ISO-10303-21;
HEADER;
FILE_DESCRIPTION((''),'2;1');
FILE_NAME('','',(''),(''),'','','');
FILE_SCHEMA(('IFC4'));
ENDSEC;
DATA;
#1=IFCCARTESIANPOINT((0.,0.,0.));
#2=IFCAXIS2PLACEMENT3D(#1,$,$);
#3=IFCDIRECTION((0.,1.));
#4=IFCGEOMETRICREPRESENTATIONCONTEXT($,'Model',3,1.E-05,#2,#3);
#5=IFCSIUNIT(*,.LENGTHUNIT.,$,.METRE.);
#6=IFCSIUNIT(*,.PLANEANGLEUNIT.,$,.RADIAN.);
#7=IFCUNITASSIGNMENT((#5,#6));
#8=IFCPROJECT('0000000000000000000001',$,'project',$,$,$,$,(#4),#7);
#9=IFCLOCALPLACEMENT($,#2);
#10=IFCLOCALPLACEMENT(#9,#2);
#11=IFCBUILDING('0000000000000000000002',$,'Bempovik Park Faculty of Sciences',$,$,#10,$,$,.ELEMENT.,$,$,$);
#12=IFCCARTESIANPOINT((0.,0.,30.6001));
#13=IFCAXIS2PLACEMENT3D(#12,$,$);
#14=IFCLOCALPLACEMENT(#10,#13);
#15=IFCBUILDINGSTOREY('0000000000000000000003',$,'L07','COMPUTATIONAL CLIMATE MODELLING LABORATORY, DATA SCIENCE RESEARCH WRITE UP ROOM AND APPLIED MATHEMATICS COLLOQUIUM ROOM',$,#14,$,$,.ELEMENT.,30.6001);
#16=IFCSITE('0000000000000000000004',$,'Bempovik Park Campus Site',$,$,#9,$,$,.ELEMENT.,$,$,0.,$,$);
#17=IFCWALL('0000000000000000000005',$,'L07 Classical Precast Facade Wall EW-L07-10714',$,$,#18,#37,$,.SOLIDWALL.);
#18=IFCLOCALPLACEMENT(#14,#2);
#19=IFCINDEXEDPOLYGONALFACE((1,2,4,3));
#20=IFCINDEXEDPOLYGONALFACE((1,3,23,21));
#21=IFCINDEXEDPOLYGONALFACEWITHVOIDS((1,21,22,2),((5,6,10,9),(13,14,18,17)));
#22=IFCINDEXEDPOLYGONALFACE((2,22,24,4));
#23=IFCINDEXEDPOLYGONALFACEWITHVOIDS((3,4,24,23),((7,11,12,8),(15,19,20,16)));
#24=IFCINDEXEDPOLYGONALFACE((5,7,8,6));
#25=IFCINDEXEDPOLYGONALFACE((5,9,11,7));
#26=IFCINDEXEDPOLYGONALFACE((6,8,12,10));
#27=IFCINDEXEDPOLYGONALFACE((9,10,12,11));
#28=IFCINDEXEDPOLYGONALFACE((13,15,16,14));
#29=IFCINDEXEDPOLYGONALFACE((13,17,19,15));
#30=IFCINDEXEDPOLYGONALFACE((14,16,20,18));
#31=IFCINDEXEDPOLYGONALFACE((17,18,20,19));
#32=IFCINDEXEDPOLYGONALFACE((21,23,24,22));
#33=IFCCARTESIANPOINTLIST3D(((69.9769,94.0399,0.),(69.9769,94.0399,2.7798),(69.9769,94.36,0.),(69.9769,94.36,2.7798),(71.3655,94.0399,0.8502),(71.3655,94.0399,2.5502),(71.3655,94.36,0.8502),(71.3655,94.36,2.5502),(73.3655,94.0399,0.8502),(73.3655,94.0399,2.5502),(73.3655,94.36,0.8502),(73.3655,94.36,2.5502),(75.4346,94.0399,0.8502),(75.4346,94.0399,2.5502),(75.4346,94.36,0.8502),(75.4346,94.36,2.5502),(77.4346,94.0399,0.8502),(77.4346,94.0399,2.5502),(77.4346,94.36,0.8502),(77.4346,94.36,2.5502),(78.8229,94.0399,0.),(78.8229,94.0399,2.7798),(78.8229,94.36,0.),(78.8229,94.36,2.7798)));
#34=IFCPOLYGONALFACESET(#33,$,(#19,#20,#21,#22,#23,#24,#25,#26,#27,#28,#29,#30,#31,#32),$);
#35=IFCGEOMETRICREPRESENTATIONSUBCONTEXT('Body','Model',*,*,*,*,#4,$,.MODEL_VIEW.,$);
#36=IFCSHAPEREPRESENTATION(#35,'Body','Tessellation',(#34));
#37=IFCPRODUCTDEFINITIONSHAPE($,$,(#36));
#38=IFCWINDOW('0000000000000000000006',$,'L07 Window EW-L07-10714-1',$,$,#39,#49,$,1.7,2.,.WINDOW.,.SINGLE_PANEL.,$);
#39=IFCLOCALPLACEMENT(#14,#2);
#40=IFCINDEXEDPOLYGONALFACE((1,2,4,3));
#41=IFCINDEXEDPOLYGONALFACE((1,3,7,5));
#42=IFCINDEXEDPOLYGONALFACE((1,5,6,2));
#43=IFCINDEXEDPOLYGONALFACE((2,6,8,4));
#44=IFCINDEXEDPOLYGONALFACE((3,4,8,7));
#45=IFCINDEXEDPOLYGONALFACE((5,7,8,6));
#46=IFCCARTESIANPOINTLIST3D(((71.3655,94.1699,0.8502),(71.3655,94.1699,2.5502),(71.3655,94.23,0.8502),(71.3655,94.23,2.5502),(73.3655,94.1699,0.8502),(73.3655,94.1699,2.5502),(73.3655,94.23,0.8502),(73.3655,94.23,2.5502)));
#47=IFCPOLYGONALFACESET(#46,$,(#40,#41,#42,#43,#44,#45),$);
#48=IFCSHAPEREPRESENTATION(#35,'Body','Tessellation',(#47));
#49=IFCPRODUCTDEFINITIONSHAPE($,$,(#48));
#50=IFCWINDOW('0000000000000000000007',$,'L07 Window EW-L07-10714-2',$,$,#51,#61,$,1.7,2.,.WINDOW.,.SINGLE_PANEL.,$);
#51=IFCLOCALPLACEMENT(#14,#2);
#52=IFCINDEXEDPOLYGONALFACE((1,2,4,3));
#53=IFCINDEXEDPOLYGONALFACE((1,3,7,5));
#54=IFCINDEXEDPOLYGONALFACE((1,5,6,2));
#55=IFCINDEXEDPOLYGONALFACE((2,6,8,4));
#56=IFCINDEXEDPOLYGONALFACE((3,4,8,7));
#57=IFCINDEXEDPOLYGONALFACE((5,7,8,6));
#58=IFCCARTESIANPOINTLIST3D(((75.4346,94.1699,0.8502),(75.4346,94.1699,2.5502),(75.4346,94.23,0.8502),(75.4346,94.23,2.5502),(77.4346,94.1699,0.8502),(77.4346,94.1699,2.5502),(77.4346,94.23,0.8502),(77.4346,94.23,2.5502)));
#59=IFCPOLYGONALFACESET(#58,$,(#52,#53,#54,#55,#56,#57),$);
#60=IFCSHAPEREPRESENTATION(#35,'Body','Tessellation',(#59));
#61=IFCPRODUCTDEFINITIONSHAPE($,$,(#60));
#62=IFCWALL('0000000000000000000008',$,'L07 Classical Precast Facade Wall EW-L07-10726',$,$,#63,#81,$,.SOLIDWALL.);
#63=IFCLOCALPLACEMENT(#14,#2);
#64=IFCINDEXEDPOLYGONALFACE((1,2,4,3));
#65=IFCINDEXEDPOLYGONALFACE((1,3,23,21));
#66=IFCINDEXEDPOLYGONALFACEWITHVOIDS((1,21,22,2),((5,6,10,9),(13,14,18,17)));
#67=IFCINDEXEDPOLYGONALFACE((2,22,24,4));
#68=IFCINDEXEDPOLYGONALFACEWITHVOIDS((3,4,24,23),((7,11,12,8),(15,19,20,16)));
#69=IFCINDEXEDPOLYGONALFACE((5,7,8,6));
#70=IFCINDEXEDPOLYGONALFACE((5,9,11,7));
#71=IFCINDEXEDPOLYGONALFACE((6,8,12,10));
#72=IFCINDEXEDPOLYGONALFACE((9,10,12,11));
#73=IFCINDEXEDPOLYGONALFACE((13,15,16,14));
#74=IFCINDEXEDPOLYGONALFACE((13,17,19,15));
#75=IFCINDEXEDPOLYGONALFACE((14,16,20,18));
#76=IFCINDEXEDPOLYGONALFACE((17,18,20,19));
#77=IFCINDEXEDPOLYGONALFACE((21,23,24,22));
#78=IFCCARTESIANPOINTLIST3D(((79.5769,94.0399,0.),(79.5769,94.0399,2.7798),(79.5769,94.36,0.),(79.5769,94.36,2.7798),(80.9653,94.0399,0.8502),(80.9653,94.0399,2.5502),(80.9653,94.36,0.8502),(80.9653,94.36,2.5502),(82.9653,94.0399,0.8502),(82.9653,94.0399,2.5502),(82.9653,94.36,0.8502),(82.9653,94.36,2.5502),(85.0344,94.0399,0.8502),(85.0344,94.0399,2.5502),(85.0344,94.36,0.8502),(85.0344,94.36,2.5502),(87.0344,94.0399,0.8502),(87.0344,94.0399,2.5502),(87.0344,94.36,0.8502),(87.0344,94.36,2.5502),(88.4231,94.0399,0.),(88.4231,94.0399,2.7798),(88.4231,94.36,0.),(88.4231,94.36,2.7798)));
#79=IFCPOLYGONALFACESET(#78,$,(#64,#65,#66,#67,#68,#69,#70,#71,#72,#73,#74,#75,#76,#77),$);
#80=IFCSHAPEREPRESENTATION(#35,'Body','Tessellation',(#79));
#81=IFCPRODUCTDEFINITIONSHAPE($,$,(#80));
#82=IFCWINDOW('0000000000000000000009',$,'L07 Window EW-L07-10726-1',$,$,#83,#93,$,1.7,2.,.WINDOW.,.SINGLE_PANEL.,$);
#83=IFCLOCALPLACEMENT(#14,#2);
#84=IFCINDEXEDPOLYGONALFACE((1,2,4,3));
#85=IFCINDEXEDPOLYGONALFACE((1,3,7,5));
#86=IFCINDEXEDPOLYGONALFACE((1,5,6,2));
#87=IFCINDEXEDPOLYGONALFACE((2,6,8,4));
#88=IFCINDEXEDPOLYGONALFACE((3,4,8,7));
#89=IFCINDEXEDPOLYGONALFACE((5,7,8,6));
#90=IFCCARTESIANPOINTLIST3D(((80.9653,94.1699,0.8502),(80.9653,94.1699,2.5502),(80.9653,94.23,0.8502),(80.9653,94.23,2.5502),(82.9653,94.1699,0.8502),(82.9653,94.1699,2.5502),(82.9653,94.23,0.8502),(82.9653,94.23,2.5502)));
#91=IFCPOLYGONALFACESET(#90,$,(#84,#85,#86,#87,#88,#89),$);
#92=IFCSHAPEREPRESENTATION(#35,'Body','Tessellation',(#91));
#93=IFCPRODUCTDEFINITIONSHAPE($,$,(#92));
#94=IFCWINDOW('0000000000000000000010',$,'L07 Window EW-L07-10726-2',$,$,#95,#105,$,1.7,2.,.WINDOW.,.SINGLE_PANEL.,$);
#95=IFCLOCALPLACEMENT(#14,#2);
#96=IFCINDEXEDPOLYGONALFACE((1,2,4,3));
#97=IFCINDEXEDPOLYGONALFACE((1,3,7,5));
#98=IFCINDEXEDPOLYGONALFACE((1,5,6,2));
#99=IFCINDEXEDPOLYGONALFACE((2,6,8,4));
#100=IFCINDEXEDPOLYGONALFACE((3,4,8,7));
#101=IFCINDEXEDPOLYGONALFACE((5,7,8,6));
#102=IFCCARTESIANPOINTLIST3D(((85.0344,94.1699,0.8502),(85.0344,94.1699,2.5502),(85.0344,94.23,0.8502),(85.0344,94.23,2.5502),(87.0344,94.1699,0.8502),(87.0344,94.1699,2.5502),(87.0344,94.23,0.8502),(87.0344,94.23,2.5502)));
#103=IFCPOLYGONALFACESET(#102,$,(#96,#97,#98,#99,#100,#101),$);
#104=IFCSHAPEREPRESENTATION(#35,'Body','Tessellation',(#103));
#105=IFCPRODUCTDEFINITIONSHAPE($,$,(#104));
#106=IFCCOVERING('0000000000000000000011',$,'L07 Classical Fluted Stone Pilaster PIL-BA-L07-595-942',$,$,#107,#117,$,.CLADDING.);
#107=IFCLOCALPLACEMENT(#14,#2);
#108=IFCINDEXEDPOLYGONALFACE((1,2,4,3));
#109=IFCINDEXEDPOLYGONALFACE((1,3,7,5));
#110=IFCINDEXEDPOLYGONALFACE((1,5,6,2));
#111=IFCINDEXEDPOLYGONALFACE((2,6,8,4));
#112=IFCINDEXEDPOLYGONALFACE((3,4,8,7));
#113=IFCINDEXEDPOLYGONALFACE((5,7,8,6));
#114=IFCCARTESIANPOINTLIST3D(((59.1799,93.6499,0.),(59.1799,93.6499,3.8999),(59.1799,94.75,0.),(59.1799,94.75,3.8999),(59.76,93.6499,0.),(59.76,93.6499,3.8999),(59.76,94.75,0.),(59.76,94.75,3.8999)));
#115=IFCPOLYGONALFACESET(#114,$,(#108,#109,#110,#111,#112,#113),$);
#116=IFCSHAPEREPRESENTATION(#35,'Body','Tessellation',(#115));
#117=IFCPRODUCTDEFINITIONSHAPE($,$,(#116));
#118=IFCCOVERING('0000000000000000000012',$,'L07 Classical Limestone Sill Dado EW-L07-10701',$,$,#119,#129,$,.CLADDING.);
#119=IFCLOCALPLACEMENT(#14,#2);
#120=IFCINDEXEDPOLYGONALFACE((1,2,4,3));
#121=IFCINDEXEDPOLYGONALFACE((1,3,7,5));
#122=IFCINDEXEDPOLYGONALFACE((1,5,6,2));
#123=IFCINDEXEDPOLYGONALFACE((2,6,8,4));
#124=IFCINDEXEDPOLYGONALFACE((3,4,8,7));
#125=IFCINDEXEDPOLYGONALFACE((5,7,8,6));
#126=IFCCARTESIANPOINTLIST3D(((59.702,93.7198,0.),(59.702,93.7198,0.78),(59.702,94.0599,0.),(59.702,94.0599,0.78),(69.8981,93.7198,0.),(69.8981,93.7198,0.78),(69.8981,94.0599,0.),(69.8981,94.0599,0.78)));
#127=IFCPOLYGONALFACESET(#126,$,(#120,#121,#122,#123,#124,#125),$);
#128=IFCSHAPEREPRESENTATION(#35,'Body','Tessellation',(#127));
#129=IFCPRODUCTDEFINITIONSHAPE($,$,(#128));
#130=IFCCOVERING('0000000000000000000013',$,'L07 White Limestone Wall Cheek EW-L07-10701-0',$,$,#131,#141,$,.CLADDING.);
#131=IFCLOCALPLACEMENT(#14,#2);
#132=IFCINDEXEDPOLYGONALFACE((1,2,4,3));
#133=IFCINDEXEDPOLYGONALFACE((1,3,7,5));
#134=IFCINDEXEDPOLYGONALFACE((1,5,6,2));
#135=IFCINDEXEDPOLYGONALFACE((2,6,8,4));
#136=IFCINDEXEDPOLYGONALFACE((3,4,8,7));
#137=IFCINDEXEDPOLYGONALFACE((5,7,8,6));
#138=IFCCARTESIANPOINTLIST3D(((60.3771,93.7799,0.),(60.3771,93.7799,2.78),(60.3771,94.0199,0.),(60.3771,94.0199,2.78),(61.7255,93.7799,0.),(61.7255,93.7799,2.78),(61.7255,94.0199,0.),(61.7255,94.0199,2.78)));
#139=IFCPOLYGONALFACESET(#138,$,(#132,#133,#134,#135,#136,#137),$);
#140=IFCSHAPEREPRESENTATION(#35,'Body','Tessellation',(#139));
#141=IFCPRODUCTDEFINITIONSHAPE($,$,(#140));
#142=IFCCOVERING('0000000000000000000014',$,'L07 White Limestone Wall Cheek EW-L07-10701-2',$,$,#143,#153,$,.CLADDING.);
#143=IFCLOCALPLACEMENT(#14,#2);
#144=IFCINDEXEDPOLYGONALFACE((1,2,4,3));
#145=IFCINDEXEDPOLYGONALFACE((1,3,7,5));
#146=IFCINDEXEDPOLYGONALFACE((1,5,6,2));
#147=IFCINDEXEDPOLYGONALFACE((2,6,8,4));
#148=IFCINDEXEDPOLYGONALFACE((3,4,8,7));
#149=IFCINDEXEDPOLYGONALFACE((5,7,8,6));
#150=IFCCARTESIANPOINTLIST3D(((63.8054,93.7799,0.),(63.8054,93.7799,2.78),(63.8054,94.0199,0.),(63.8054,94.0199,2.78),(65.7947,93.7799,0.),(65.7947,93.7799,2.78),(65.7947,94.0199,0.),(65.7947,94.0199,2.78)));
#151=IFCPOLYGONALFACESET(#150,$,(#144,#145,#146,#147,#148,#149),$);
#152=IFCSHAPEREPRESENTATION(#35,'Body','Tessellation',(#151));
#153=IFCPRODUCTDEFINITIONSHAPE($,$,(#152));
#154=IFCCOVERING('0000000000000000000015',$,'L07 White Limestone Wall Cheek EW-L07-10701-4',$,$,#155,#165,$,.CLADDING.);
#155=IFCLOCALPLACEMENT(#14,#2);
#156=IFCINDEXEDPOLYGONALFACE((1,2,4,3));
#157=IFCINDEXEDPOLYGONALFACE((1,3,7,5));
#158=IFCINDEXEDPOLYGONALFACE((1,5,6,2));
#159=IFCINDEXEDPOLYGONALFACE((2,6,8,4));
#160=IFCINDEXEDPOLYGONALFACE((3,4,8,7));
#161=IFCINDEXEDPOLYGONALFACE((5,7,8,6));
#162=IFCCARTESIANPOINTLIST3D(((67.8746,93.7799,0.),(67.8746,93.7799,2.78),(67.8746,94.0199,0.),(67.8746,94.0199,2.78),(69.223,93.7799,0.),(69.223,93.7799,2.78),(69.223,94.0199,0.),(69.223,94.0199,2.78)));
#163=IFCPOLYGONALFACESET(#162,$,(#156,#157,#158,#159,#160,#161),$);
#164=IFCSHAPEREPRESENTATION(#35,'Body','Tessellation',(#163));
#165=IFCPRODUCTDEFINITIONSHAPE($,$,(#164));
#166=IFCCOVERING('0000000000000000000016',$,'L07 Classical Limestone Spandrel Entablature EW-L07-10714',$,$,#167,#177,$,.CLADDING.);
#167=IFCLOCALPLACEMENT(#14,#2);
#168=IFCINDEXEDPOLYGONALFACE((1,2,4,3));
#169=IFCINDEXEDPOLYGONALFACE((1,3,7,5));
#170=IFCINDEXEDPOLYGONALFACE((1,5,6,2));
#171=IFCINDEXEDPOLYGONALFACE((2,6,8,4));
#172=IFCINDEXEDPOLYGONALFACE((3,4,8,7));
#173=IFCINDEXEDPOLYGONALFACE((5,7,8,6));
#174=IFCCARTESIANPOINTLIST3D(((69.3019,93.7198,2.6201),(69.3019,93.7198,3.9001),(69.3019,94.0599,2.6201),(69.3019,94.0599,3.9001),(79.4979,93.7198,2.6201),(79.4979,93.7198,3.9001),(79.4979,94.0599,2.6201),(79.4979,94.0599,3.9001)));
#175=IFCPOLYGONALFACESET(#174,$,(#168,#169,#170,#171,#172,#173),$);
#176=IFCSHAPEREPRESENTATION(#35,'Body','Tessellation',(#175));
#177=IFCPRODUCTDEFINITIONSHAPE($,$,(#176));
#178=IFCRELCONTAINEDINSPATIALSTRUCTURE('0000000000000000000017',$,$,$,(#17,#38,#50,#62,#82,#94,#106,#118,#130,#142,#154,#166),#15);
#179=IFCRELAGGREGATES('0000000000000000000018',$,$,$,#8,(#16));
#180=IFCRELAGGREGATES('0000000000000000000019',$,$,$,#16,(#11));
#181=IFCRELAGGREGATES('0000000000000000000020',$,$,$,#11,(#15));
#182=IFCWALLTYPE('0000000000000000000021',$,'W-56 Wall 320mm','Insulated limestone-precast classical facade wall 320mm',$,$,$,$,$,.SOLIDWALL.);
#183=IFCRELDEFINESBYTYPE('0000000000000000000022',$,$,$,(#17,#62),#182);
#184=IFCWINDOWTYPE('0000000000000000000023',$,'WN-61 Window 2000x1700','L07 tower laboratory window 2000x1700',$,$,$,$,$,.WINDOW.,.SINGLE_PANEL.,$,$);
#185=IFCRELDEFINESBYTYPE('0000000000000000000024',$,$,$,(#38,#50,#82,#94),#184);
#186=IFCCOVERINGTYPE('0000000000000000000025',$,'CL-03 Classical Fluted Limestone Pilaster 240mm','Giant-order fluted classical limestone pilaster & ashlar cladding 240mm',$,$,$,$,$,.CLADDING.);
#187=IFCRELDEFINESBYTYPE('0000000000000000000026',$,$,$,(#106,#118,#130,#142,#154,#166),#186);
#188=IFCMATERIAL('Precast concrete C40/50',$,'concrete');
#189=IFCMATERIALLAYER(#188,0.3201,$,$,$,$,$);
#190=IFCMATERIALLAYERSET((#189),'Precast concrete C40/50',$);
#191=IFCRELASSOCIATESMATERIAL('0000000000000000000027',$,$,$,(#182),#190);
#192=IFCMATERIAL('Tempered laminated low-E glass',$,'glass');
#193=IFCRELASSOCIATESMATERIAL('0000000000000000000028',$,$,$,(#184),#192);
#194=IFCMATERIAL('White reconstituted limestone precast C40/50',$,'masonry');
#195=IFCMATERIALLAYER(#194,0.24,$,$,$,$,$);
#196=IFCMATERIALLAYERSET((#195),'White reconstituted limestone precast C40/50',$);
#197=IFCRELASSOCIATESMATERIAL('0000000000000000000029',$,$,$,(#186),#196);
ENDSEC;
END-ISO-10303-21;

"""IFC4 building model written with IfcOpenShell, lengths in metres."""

from ifc_helpers import new_model, si_unit, direction, frame, frame_2d, origin, origin_2d, place, context, subcontext, project, spatial, rectangle, extrude, material, layer, layer_set, type_object, element, fill, save


model = new_model("IFC4")

# Units and contexts
model_context = context("Model", 3, precision=1e-05, world=origin(), true_north=direction((0.0, 1.0)))
body_context = subcontext(model_context, "Body", "Model", "MODEL_VIEW")
ifc_project = project(units=[si_unit("LENGTHUNIT", "METRE"), si_unit("PLANEANGLEUNIT", "RADIAN")], contexts=[model_context])

# Site, building, storey
site_placement = place(None, origin())
site = spatial("IfcSite", under=ifc_project, at=site_placement, Name="Bempovik Park Campus Site", CompositionType="ELEMENT", RefElevation=0.0)
building_placement = place(site_placement, origin())
building = spatial("IfcBuilding", under=site, at=building_placement, Name="Bempovik Park Faculty of Sciences", CompositionType="ELEMENT")
storey_placement = place(building_placement, frame((0.0, 0.0, 30.6001)))
storey = spatial("IfcBuildingStorey", under=building, at=storey_placement, Name="L07", Description="COMPUTATIONAL CLIMATE MODELLING LABORATORY, DATA SCIENCE RESEARCH WRITE UP ROOM AND APPLIED MATHEMATICS COLLOQUIUM ROOM", CompositionType="ELEMENT", Elevation=30.6001)

# Walls, openings, windows
ifc_material_1 = material(Name="Precast concrete C40/50", Category="concrete")
ifc_layer_1 = layer(ifc_material_1, 0.3201)
ifc_layer_set_1 = layer_set([ifc_layer_1], Name="Precast concrete C40/50")
wall_type = type_object("IfcWallType", Name="W-56 Wall 320mm", Description="Insulated limestone-precast classical facade wall 320mm", PredefinedType="SOLIDWALL", material=ifc_layer_set_1)
ifc_material_2 = material(Name="Tempered laminated low-E glass", Category="glass")
window_type_1 = type_object("IfcWindowType", Name="WN-61 Window 2000x1700", Description="L07 tower laboratory window 2000x1700", PartitioningType="SINGLE_PANEL", PredefinedType="WINDOW", material=ifc_material_2)
wall_1_placement = place(storey_placement, frame((69.9771, 94.2, 0.0), z_axis=(0.0, 0.0, 1.0), x_axis=(1.0, 0.0, 0.0)))
wall_1 = element("IfcWall", 1, at=wall_1_placement, inside=storey, type_object=wall_type, Name="L07 Classical Precast Facade Wall EW-L07-10714", PredefinedType="SOLIDWALL", context=body_context, shape_type="SweptSolid", body=[
    extrude(rectangle(XDim=8.8459, YDim=0.3201, at=frame_2d((4.4229, 0.0))), origin(), (0.0, 0.0, 1.0), 2.7798),
])
opening_1_placement = place(wall_1_placement, frame((1.3884, 0.0, 0.8501)))
opening_1 = element("IfcOpeningElement", 2, at=opening_1_placement, cuts=wall_1, PredefinedType="OPENING", context=body_context, shape_type="SweptSolid", body=[
    extrude(rectangle(XDim=2.0, YDim=1.7, at=frame_2d((1.0, 0.8501))), frame((0.0, 0.1699, 0.0), z_axis=(0.0, -1.0, 0.0), x_axis=(1.0, 0.0, 0.0)), (0.0, 0.0, 1.0), 0.3401),
])
opening_2_placement = place(wall_1_placement, frame((5.4575, 0.0, 0.8501)))
opening_2 = element("IfcOpeningElement", 3, at=opening_2_placement, cuts=wall_1, PredefinedType="OPENING", context=body_context, shape_type="SweptSolid", body=[
    extrude(rectangle(XDim=2.0, YDim=1.7, at=frame_2d((1.0, 0.8501))), frame((0.0, 0.1699, 0.0), z_axis=(0.0, -1.0, 0.0), x_axis=(1.0, 0.0, 0.0)), (0.0, 0.0, 1.0), 0.3401),
])
window_1_placement = place(opening_1_placement, origin())
window_1 = element("IfcWindow", 4, at=window_1_placement, inside=storey, type_object=window_type_1, Name="L07 Window EW-L07-10714-1", OverallHeight=1.7, OverallWidth=2.0, PartitioningType="SINGLE_PANEL", PredefinedType="WINDOW", context=body_context, shape_type="SweptSolid", body=[
    extrude(rectangle(XDim=2.0, YDim=1.7, at=frame_2d((1.0, 0.8501))), frame((0.0, 0.03, 0.0), z_axis=(0.0, -1.0, 0.0), x_axis=(1.0, 0.0, 0.0)), (0.0, 0.0, 1.0), 0.0601),
])
fill(opening_1, window_1)
window_2_placement = place(opening_2_placement, origin())
window_2 = element("IfcWindow", 5, at=window_2_placement, inside=storey, type_object=window_type_1, Name="L07 Window EW-L07-10714-2", OverallHeight=1.7, OverallWidth=2.0, PartitioningType="SINGLE_PANEL", PredefinedType="WINDOW", context=body_context, shape_type="SweptSolid", body=[
    extrude(rectangle(XDim=2.0, YDim=1.7, at=frame_2d((1.0, 0.8501))), frame((0.0, 0.03, 0.0), z_axis=(0.0, -1.0, 0.0), x_axis=(1.0, 0.0, 0.0)), (0.0, 0.0, 1.0), 0.0601),
])
fill(opening_2, window_2)
wall_2_placement = place(storey_placement, frame((79.5769, 94.2, 0.0), z_axis=(0.0, 0.0, 1.0), x_axis=(1.0, 0.0, 0.0)))
wall_2 = element("IfcWall", 6, at=wall_2_placement, inside=storey, type_object=wall_type, Name="L07 Classical Precast Facade Wall EW-L07-10726", PredefinedType="SOLIDWALL", context=body_context, shape_type="SweptSolid", body=[
    extrude(rectangle(XDim=8.8462, YDim=0.3201, at=frame_2d((4.4231, 0.0))), origin(), (0.0, 0.0, 1.0), 2.7798),
])
opening_3_placement = place(wall_2_placement, frame((1.3884, 0.0, 0.8501)))
opening_3 = element("IfcOpeningElement", 7, at=opening_3_placement, cuts=wall_2, PredefinedType="OPENING", context=body_context, shape_type="SweptSolid", body=[
    extrude(rectangle(XDim=2.0, YDim=1.7, at=frame_2d((1.0, 0.8501))), frame((0.0, 0.1699, 0.0), z_axis=(0.0, -1.0, 0.0), x_axis=(1.0, 0.0, 0.0)), (0.0, 0.0, 1.0), 0.3401),
])
opening_4_placement = place(wall_2_placement, frame((5.4575, 0.0, 0.8501)))
opening_4 = element("IfcOpeningElement", 8, at=opening_4_placement, cuts=wall_2, PredefinedType="OPENING", context=body_context, shape_type="SweptSolid", body=[
    extrude(rectangle(XDim=2.0, YDim=1.7, at=frame_2d((1.0, 0.8501))), frame((0.0, 0.1699, 0.0), z_axis=(0.0, -1.0, 0.0), x_axis=(1.0, 0.0, 0.0)), (0.0, 0.0, 1.0), 0.3401),
])
window_3_placement = place(opening_3_placement, origin())
window_3 = element("IfcWindow", 9, at=window_3_placement, inside=storey, type_object=window_type_1, Name="L07 Window EW-L07-10726-1", OverallHeight=1.7, OverallWidth=2.0, PartitioningType="SINGLE_PANEL", PredefinedType="WINDOW", context=body_context, shape_type="SweptSolid", body=[
    extrude(rectangle(XDim=2.0, YDim=1.7, at=frame_2d((1.0, 0.8501))), frame((0.0, 0.03, 0.0), z_axis=(0.0, -1.0, 0.0), x_axis=(1.0, 0.0, 0.0)), (0.0, 0.0, 1.0), 0.0601),
])
fill(opening_3, window_3)
window_4_placement = place(opening_4_placement, origin())
window_4 = element("IfcWindow", 10, at=window_4_placement, inside=storey, type_object=window_type_1, Name="L07 Window EW-L07-10726-2", OverallHeight=1.7, OverallWidth=2.0, PartitioningType="SINGLE_PANEL", PredefinedType="WINDOW", context=body_context, shape_type="SweptSolid", body=[
    extrude(rectangle(XDim=2.0, YDim=1.7, at=frame_2d((1.0, 0.8501))), frame((0.0, 0.03, 0.0), z_axis=(0.0, -1.0, 0.0), x_axis=(1.0, 0.0, 0.0)), (0.0, 0.0, 1.0), 0.0601),
])
fill(opening_4, window_4)

# Coverings
ifc_material_3 = material(Name="White reconstituted limestone precast C40/50", Category="masonry")
ifc_layer_2 = layer(ifc_material_3, 0.24)
ifc_layer_set_2 = layer_set([ifc_layer_2], Name="White reconstituted limestone precast C40/50")
covering_type = type_object("IfcCoveringType", Name="CL-03 Classical Fluted Limestone Pilaster 240mm", Description="Giant-order fluted classical limestone pilaster & ashlar cladding 240mm", PredefinedType="CLADDING", material=ifc_layer_set_2)
covering_1_placement = place(storey_placement, frame((59.47, 94.2, 0.0), z_axis=(0.0, 0.0, 1.0), x_axis=(1.0, 0.0, 0.0)))
element("IfcCovering", 11, at=covering_1_placement, inside=storey, type_object=covering_type, Name="L07 Classical Fluted Stone Pilaster PIL-BA-L07-595-942", PredefinedType="CLADDING", context=body_context, shape_type="SweptSolid", body=[
    extrude(rectangle(XDim=0.5801, YDim=1.1001, at=origin_2d()), origin(), (0.0, 0.0, 1.0), 3.8999),
])
covering_2_placement = place(storey_placement, frame((64.8, 93.8899, 0.0), z_axis=(0.0, 0.0, 1.0), x_axis=(1.0, 0.0, 0.0)))
element("IfcCovering", 12, at=covering_2_placement, inside=storey, type_object=covering_type, Name="L07 Classical Limestone Sill Dado EW-L07-10701", PredefinedType="CLADDING", context=body_context, shape_type="SweptSolid", body=[
    extrude(rectangle(XDim=10.196, YDim=0.3401, at=origin_2d()), origin(), (0.0, 0.0, 1.0), 0.78),
])
covering_3_placement = place(storey_placement, frame((61.0513, 93.8999, 0.0), z_axis=(0.0, 0.0, 1.0), x_axis=(1.0, 0.0, 0.0)))
element("IfcCovering", 13, at=covering_3_placement, inside=storey, type_object=covering_type, Name="L07 White Limestone Wall Cheek EW-L07-10701-0", PredefinedType="CLADDING", context=body_context, shape_type="SweptSolid", body=[
    extrude(rectangle(XDim=1.3484, YDim=0.24, at=origin_2d()), origin(), (0.0, 0.0, 1.0), 2.78),
])
covering_4_placement = place(storey_placement, frame((64.8, 93.8999, 0.0), z_axis=(0.0, 0.0, 1.0), x_axis=(1.0, 0.0, 0.0)))
element("IfcCovering", 14, at=covering_4_placement, inside=storey, type_object=covering_type, Name="L07 White Limestone Wall Cheek EW-L07-10701-2", PredefinedType="CLADDING", context=body_context, shape_type="SweptSolid", body=[
    extrude(rectangle(XDim=1.9893, YDim=0.24, at=origin_2d()), origin(), (0.0, 0.0, 1.0), 2.78),
])
covering_5_placement = place(storey_placement, frame((68.5488, 93.8999, 0.0), z_axis=(0.0, 0.0, 1.0), x_axis=(1.0, 0.0, 0.0)))
element("IfcCovering", 15, at=covering_5_placement, inside=storey, type_object=covering_type, Name="L07 White Limestone Wall Cheek EW-L07-10701-4", PredefinedType="CLADDING", context=body_context, shape_type="SweptSolid", body=[
    extrude(rectangle(XDim=1.3484, YDim=0.24, at=origin_2d()), origin(), (0.0, 0.0, 1.0), 2.78),
])
covering_6_placement = place(storey_placement, frame((74.3999, 93.8899, 2.6201), z_axis=(0.0, 0.0, 1.0), x_axis=(1.0, 0.0, 0.0)))
element("IfcCovering", 16, at=covering_6_placement, inside=storey, type_object=covering_type, Name="L07 Classical Limestone Spandrel Entablature EW-L07-10714", PredefinedType="CLADDING", context=body_context, shape_type="SweptSolid", body=[
    extrude(rectangle(XDim=10.196, YDim=0.3401, at=origin_2d()), origin(), (0.0, 0.0, 1.0), 1.28),
])

save(model, "model.ifc")
